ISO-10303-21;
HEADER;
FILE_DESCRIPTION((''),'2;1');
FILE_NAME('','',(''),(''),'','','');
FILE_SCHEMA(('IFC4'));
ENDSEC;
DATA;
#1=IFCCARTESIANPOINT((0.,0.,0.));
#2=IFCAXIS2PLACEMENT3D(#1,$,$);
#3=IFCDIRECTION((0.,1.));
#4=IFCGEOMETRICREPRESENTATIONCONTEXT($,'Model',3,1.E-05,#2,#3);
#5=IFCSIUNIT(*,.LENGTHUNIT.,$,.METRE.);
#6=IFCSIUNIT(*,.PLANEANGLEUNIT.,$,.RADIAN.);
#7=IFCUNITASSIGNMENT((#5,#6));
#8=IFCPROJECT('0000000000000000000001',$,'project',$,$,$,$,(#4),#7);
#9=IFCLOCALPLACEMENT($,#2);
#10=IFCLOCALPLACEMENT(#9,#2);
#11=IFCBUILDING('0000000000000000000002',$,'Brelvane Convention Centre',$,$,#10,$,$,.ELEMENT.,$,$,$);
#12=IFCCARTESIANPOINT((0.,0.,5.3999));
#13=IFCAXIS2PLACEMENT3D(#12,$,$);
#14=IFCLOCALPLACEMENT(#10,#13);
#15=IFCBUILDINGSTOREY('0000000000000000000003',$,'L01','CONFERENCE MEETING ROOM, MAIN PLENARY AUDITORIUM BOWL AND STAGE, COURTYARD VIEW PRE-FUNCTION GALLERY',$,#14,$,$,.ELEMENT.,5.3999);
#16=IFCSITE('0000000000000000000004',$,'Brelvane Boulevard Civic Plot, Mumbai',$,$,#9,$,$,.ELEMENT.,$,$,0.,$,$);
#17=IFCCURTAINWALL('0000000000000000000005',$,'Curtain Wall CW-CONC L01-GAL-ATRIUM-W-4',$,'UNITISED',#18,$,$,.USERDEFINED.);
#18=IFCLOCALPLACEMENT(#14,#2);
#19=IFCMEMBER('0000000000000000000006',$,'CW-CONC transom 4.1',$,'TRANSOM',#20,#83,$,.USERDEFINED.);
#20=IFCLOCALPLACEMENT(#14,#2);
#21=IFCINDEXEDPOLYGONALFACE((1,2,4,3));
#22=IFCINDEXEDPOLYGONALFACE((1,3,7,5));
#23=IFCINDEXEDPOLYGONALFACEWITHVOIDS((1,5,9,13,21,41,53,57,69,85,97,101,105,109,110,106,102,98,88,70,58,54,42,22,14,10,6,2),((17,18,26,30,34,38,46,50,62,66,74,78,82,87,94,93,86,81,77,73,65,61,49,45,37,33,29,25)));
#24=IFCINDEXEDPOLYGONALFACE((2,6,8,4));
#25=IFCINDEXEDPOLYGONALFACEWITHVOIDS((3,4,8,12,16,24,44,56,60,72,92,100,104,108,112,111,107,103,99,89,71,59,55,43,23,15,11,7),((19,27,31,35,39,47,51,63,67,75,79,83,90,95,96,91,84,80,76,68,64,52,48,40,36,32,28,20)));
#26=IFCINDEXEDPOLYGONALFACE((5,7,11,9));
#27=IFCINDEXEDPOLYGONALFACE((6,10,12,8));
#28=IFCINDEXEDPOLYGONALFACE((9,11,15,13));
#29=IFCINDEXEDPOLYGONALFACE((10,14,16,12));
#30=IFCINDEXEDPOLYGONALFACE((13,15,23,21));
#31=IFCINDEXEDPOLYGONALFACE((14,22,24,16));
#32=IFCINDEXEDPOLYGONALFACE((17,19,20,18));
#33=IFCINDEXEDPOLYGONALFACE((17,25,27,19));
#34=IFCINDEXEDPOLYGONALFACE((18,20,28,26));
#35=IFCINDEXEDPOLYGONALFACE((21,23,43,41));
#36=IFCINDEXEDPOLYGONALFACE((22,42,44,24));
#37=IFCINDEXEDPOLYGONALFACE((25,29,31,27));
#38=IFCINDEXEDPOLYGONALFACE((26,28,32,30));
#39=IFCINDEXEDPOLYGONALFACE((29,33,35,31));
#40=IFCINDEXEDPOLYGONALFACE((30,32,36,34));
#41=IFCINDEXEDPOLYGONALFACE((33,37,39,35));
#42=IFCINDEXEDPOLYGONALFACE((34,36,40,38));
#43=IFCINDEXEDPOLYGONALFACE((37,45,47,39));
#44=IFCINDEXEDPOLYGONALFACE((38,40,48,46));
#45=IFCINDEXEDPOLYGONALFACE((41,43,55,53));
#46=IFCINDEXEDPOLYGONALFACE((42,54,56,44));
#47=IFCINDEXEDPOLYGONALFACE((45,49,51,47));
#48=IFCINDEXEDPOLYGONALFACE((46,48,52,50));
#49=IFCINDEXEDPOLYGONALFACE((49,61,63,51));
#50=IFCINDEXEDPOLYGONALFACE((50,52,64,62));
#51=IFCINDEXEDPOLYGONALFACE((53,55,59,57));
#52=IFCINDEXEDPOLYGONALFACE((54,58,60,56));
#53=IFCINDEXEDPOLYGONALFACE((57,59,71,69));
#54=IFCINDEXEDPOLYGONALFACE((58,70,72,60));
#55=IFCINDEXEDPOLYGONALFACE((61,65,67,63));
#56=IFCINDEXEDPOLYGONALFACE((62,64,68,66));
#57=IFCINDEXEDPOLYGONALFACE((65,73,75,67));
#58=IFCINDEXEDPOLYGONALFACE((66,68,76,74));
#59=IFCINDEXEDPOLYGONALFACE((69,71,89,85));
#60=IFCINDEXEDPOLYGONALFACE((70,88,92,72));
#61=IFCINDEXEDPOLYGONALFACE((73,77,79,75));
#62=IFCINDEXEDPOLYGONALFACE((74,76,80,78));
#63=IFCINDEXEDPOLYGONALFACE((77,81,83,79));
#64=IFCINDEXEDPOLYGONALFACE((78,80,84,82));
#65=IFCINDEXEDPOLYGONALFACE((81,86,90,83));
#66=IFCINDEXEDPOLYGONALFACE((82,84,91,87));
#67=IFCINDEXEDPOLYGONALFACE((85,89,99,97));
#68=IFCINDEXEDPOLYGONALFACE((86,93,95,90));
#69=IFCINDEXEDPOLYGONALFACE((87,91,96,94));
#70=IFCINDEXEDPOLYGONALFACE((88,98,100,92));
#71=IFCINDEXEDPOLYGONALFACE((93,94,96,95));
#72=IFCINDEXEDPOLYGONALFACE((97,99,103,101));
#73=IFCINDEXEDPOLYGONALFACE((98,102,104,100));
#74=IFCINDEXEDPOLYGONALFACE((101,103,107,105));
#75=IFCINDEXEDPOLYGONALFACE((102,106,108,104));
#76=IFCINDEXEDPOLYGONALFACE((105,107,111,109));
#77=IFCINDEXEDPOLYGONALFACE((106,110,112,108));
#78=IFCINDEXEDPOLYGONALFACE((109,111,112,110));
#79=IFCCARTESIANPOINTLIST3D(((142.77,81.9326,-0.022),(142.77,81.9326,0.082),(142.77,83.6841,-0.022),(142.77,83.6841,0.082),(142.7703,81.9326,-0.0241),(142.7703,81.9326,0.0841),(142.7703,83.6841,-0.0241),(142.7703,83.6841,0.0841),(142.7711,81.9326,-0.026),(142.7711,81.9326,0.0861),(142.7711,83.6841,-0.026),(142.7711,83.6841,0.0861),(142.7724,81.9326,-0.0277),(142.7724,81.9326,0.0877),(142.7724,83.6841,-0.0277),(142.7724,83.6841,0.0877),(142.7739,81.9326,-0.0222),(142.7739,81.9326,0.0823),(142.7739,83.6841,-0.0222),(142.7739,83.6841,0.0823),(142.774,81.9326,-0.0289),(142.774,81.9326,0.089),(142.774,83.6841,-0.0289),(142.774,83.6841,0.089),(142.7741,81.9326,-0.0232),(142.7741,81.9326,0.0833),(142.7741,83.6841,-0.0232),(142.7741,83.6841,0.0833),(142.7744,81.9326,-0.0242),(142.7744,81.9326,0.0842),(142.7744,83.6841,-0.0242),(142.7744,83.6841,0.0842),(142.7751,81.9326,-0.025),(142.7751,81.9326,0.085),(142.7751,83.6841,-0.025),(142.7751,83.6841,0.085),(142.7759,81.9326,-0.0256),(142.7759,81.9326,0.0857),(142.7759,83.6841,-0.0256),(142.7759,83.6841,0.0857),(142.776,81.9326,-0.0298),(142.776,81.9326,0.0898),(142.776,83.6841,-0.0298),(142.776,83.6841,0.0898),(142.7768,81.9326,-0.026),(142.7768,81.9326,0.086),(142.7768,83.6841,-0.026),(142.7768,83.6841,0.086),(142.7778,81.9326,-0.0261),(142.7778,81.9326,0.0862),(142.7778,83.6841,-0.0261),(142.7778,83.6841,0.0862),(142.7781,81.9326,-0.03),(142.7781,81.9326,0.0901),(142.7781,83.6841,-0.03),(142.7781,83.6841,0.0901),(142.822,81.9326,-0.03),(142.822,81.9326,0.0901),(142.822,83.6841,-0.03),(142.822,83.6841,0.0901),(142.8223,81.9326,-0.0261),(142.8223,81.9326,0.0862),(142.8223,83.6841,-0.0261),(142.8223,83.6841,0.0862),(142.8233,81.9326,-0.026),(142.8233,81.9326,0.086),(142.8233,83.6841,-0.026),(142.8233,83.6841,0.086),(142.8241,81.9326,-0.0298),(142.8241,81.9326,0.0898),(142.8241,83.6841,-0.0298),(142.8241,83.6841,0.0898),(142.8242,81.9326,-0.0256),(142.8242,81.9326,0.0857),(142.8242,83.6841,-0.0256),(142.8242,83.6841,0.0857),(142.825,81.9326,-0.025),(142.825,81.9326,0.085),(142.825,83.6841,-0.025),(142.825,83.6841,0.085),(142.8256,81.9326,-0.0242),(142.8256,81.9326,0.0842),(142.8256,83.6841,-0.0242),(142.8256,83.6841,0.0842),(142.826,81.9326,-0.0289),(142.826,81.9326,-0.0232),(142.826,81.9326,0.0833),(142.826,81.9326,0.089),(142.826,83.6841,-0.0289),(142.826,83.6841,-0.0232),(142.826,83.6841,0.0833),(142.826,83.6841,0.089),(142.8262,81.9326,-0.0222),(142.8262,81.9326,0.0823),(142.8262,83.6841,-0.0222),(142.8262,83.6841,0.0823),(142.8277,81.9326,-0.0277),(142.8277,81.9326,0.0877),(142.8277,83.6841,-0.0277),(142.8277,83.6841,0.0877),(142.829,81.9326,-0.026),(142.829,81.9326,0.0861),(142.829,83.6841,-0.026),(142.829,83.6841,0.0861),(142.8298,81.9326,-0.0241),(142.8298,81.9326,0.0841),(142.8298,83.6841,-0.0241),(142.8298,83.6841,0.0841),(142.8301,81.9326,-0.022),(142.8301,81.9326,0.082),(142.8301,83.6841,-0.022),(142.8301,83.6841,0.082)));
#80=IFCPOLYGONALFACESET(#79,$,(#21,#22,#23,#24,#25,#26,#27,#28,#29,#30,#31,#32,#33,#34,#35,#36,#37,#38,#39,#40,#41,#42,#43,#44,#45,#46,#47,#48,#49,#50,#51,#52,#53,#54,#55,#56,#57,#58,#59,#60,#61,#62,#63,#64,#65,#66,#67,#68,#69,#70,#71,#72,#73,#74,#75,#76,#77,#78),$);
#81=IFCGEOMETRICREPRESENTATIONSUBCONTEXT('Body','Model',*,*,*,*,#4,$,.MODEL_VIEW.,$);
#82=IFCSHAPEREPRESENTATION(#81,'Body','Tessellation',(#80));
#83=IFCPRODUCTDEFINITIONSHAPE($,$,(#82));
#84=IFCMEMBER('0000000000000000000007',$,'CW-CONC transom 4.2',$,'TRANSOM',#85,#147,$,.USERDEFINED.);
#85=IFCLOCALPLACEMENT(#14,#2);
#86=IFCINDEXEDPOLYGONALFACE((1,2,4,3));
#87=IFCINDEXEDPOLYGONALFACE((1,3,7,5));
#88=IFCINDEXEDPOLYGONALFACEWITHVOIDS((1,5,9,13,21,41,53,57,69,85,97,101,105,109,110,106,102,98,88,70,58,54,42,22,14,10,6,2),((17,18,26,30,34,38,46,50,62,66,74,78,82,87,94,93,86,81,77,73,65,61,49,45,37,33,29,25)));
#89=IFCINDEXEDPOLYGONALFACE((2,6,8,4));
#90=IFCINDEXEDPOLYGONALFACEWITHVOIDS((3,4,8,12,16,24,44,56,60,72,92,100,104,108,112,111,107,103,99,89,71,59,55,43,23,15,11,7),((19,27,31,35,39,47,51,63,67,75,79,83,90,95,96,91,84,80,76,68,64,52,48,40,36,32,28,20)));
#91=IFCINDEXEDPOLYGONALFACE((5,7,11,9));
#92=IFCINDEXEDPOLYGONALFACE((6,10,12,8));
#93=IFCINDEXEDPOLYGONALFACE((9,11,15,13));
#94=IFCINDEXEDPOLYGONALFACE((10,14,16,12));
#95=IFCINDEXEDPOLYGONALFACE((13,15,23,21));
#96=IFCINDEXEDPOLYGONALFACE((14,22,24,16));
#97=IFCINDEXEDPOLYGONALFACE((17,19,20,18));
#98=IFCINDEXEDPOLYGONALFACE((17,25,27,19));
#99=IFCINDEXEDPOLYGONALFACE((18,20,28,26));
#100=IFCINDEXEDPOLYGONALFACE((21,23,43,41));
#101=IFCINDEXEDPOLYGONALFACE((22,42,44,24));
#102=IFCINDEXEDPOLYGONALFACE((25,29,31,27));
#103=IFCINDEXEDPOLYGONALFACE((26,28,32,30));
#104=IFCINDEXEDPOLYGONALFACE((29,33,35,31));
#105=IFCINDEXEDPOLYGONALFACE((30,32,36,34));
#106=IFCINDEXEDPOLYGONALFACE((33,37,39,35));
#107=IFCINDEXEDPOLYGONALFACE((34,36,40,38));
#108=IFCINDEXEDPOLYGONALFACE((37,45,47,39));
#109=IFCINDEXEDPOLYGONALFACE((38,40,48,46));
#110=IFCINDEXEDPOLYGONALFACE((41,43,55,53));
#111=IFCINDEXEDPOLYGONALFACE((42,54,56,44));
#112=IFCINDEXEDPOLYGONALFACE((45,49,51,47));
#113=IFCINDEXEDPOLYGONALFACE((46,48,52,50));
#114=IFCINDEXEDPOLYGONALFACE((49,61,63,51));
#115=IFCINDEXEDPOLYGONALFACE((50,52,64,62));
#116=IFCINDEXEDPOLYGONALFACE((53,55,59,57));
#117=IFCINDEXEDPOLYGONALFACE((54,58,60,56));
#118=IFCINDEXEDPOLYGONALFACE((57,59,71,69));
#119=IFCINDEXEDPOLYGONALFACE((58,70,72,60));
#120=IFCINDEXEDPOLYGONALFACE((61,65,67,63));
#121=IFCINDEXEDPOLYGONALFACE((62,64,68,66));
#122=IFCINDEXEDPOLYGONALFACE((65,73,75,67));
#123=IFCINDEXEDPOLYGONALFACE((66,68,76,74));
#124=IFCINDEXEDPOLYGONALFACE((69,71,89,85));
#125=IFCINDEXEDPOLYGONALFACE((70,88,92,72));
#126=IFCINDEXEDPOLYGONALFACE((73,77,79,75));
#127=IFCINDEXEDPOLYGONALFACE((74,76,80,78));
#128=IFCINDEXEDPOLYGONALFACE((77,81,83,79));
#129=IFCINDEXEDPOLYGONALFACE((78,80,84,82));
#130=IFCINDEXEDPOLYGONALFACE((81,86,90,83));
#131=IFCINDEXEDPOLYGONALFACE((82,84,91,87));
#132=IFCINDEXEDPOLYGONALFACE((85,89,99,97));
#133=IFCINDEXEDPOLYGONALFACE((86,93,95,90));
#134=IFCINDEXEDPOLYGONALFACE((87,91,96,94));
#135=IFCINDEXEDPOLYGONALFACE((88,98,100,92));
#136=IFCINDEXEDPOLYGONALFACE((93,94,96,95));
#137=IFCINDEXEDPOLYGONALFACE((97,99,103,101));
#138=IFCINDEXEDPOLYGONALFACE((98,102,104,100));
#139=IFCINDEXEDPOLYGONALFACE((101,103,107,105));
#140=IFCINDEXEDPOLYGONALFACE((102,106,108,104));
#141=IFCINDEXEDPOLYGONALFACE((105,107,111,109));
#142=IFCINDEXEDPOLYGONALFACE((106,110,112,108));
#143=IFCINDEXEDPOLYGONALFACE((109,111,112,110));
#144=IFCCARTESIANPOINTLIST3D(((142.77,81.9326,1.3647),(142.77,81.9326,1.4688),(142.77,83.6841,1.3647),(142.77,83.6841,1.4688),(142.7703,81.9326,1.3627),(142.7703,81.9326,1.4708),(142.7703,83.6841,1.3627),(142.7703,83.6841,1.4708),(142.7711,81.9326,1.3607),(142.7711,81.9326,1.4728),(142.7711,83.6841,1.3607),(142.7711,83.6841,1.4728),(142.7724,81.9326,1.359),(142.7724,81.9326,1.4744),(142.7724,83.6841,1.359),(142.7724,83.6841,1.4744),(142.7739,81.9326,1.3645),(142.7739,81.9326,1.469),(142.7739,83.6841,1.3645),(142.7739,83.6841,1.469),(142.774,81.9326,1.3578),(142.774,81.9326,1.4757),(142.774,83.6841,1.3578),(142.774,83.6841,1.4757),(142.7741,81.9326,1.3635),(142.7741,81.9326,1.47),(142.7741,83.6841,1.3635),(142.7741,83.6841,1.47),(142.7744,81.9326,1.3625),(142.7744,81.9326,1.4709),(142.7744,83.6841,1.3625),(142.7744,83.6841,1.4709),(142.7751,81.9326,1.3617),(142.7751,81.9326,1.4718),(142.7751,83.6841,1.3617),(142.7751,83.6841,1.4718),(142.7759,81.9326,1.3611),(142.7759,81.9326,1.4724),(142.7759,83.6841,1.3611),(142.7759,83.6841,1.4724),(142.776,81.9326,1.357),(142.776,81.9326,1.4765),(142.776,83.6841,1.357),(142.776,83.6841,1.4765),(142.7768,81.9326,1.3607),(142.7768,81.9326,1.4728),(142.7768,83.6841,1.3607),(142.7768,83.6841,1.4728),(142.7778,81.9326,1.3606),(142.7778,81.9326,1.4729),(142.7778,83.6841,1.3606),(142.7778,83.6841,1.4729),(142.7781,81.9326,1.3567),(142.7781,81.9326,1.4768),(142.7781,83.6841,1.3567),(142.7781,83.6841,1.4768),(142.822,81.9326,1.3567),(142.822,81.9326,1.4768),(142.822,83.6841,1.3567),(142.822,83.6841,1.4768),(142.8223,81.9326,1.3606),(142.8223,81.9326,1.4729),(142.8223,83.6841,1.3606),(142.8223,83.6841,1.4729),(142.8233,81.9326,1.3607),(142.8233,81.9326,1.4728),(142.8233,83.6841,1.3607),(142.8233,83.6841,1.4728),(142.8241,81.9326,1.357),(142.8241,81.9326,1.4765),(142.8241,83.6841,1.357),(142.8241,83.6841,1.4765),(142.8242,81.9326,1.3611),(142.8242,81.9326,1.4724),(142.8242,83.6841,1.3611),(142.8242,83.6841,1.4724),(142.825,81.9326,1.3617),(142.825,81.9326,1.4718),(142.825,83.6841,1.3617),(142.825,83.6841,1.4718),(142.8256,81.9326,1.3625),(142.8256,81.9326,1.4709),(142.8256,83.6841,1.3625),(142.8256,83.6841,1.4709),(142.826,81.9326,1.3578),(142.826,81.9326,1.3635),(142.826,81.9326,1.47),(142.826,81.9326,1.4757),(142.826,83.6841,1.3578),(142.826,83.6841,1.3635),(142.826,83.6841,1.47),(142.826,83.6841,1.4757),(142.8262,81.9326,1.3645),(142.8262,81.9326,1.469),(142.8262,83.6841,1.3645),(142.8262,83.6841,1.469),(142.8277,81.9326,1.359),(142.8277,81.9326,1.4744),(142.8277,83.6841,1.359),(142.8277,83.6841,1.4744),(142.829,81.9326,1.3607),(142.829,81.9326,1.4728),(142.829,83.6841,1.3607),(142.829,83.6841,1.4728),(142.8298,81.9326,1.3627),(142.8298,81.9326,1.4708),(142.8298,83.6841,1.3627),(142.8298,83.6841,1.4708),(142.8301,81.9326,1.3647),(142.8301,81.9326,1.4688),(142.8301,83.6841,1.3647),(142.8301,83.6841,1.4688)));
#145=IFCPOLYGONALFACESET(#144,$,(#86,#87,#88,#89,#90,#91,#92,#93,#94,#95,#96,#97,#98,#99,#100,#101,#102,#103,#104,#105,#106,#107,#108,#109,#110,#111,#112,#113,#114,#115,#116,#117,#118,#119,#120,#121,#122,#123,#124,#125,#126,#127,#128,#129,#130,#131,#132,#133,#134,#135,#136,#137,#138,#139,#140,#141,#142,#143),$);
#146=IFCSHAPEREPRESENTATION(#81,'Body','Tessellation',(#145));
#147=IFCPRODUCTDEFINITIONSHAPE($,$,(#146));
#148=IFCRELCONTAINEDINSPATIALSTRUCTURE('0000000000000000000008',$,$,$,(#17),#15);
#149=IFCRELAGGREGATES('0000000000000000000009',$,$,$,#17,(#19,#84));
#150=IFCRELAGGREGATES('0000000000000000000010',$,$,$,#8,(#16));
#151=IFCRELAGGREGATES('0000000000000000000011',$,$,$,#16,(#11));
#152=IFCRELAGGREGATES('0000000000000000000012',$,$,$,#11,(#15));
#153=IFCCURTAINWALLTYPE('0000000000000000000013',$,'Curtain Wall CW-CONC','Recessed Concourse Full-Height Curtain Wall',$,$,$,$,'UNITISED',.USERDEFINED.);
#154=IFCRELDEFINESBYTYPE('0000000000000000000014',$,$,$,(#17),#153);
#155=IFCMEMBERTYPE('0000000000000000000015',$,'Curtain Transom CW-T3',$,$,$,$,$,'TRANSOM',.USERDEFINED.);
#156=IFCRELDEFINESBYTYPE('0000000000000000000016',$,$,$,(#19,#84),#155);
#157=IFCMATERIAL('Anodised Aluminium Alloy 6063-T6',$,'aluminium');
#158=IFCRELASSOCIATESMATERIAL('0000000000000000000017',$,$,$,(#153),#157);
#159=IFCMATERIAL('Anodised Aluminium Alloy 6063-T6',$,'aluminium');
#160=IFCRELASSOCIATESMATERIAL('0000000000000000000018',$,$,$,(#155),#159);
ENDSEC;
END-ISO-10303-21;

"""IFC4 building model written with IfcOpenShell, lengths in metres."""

from ifc_helpers import new_model, si_unit, direction, frame, origin, origin_2d, place, context, subcontext, project, spatial, hollow_rectangle, extrude, material, material_profile, profile_set, type_object, element, aggregate, save


model = new_model("IFC4")

# Units and contexts
model_context = context("Model", 3, precision=1e-05, world=origin(), true_north=direction((0.0, 1.0)))
body_context = subcontext(model_context, "Body", "Model", "MODEL_VIEW")
ifc_project = project(units=[si_unit("LENGTHUNIT", "METRE"), si_unit("PLANEANGLEUNIT", "RADIAN")], contexts=[model_context])

# Site, building, storey
site_placement = place(None, origin())
site = spatial("IfcSite", under=ifc_project, at=site_placement, Name="Brelvane Boulevard Civic Plot, Mumbai", CompositionType="ELEMENT", RefElevation=0.0)
building_placement = place(site_placement, origin())
building = spatial("IfcBuilding", under=site, at=building_placement, Name="Brelvane Convention Centre", CompositionType="ELEMENT")
storey_placement = place(building_placement, frame((0.0, 0.0, 5.3999)))
storey = spatial("IfcBuildingStorey", under=building, at=storey_placement, Name="L01", Description="CONFERENCE MEETING ROOM, MAIN PLENARY AUDITORIUM BOWL AND STAGE, COURTYARD VIEW PRE-FUNCTION GALLERY", CompositionType="ELEMENT", Elevation=5.3999)

# Curtain wall, members
ifc_material_1 = material(Name="Anodised Aluminium Alloy 6063-T6", Category="aluminium")
curtain_wall_type = type_object("IfcCurtainWallType", Name="Curtain Wall CW-CONC", Description="Recessed Concourse Full-Height Curtain Wall", ElementType="UNITISED", PredefinedType="USERDEFINED", material=ifc_material_1)
curtain_wall_placement = place(storey_placement, origin())
curtain_wall = element("IfcCurtainWall", 1, at=curtain_wall_placement, inside=storey, type_object=curtain_wall_type, Name="Curtain Wall CW-CONC L01-GAL-ATRIUM-W-4", ObjectType="UNITISED", PredefinedType="USERDEFINED")
ifc_material_2 = material(Name="Anodised Aluminium Alloy 6063-T6", Category="aluminium")
ifc_material_profile_1 = material_profile(ifc_material_2, hollow_rectangle(XDim=0.0601, YDim=0.1201, WallThickness=0.0039, InnerFilletRadius=0.0039, OuterFilletRadius=0.0081, at=origin_2d()), Name="ALU-T 120x60x4.0")
ifc_profile_set_1 = profile_set([ifc_material_profile_1], Name="Anodised Aluminium Alloy 6063-T6")
member_type_1 = type_object("IfcMemberType", Name="Curtain Transom CW-T3", ElementType="TRANSOM", PredefinedType="USERDEFINED", material=ifc_profile_set_1)
member_1_placement = place(storey_placement, frame((142.8, 81.9326, 0.03), z_axis=(0.0, 1.0, 0.0), x_axis=(-1.0, 0.0, 0.0)))
member_1 = element("IfcMember", 2, at=member_1_placement, type_object=member_type_1, Name="CW-CONC transom 4.1", ObjectType="TRANSOM", PredefinedType="USERDEFINED", context=body_context, shape_type="SweptSolid", body=[
    extrude(hollow_rectangle(XDim=0.0601, YDim=0.1201, WallThickness=0.0039, InnerFilletRadius=0.0039, OuterFilletRadius=0.0081, at=origin_2d()), origin(), (0.0, 0.0, 1.0), 1.7515),
])
member_2_placement = place(storey_placement, frame((142.8, 81.9326, 1.4167), z_axis=(0.0, 1.0, 0.0), x_axis=(-1.0, 0.0, 0.0)))
member_2 = element("IfcMember", 3, at=member_2_placement, type_object=member_type_1, Name="CW-CONC transom 4.2", ObjectType="TRANSOM", PredefinedType="USERDEFINED", context=body_context, shape_type="SweptSolid", body=[
    extrude(hollow_rectangle(XDim=0.0601, YDim=0.1201, WallThickness=0.0039, InnerFilletRadius=0.0039, OuterFilletRadius=0.0081, at=origin_2d()), origin(), (0.0, 0.0, 1.0), 1.7515),
])
aggregate(curtain_wall, [member_1, member_2])

save(model, "model.ifc")
